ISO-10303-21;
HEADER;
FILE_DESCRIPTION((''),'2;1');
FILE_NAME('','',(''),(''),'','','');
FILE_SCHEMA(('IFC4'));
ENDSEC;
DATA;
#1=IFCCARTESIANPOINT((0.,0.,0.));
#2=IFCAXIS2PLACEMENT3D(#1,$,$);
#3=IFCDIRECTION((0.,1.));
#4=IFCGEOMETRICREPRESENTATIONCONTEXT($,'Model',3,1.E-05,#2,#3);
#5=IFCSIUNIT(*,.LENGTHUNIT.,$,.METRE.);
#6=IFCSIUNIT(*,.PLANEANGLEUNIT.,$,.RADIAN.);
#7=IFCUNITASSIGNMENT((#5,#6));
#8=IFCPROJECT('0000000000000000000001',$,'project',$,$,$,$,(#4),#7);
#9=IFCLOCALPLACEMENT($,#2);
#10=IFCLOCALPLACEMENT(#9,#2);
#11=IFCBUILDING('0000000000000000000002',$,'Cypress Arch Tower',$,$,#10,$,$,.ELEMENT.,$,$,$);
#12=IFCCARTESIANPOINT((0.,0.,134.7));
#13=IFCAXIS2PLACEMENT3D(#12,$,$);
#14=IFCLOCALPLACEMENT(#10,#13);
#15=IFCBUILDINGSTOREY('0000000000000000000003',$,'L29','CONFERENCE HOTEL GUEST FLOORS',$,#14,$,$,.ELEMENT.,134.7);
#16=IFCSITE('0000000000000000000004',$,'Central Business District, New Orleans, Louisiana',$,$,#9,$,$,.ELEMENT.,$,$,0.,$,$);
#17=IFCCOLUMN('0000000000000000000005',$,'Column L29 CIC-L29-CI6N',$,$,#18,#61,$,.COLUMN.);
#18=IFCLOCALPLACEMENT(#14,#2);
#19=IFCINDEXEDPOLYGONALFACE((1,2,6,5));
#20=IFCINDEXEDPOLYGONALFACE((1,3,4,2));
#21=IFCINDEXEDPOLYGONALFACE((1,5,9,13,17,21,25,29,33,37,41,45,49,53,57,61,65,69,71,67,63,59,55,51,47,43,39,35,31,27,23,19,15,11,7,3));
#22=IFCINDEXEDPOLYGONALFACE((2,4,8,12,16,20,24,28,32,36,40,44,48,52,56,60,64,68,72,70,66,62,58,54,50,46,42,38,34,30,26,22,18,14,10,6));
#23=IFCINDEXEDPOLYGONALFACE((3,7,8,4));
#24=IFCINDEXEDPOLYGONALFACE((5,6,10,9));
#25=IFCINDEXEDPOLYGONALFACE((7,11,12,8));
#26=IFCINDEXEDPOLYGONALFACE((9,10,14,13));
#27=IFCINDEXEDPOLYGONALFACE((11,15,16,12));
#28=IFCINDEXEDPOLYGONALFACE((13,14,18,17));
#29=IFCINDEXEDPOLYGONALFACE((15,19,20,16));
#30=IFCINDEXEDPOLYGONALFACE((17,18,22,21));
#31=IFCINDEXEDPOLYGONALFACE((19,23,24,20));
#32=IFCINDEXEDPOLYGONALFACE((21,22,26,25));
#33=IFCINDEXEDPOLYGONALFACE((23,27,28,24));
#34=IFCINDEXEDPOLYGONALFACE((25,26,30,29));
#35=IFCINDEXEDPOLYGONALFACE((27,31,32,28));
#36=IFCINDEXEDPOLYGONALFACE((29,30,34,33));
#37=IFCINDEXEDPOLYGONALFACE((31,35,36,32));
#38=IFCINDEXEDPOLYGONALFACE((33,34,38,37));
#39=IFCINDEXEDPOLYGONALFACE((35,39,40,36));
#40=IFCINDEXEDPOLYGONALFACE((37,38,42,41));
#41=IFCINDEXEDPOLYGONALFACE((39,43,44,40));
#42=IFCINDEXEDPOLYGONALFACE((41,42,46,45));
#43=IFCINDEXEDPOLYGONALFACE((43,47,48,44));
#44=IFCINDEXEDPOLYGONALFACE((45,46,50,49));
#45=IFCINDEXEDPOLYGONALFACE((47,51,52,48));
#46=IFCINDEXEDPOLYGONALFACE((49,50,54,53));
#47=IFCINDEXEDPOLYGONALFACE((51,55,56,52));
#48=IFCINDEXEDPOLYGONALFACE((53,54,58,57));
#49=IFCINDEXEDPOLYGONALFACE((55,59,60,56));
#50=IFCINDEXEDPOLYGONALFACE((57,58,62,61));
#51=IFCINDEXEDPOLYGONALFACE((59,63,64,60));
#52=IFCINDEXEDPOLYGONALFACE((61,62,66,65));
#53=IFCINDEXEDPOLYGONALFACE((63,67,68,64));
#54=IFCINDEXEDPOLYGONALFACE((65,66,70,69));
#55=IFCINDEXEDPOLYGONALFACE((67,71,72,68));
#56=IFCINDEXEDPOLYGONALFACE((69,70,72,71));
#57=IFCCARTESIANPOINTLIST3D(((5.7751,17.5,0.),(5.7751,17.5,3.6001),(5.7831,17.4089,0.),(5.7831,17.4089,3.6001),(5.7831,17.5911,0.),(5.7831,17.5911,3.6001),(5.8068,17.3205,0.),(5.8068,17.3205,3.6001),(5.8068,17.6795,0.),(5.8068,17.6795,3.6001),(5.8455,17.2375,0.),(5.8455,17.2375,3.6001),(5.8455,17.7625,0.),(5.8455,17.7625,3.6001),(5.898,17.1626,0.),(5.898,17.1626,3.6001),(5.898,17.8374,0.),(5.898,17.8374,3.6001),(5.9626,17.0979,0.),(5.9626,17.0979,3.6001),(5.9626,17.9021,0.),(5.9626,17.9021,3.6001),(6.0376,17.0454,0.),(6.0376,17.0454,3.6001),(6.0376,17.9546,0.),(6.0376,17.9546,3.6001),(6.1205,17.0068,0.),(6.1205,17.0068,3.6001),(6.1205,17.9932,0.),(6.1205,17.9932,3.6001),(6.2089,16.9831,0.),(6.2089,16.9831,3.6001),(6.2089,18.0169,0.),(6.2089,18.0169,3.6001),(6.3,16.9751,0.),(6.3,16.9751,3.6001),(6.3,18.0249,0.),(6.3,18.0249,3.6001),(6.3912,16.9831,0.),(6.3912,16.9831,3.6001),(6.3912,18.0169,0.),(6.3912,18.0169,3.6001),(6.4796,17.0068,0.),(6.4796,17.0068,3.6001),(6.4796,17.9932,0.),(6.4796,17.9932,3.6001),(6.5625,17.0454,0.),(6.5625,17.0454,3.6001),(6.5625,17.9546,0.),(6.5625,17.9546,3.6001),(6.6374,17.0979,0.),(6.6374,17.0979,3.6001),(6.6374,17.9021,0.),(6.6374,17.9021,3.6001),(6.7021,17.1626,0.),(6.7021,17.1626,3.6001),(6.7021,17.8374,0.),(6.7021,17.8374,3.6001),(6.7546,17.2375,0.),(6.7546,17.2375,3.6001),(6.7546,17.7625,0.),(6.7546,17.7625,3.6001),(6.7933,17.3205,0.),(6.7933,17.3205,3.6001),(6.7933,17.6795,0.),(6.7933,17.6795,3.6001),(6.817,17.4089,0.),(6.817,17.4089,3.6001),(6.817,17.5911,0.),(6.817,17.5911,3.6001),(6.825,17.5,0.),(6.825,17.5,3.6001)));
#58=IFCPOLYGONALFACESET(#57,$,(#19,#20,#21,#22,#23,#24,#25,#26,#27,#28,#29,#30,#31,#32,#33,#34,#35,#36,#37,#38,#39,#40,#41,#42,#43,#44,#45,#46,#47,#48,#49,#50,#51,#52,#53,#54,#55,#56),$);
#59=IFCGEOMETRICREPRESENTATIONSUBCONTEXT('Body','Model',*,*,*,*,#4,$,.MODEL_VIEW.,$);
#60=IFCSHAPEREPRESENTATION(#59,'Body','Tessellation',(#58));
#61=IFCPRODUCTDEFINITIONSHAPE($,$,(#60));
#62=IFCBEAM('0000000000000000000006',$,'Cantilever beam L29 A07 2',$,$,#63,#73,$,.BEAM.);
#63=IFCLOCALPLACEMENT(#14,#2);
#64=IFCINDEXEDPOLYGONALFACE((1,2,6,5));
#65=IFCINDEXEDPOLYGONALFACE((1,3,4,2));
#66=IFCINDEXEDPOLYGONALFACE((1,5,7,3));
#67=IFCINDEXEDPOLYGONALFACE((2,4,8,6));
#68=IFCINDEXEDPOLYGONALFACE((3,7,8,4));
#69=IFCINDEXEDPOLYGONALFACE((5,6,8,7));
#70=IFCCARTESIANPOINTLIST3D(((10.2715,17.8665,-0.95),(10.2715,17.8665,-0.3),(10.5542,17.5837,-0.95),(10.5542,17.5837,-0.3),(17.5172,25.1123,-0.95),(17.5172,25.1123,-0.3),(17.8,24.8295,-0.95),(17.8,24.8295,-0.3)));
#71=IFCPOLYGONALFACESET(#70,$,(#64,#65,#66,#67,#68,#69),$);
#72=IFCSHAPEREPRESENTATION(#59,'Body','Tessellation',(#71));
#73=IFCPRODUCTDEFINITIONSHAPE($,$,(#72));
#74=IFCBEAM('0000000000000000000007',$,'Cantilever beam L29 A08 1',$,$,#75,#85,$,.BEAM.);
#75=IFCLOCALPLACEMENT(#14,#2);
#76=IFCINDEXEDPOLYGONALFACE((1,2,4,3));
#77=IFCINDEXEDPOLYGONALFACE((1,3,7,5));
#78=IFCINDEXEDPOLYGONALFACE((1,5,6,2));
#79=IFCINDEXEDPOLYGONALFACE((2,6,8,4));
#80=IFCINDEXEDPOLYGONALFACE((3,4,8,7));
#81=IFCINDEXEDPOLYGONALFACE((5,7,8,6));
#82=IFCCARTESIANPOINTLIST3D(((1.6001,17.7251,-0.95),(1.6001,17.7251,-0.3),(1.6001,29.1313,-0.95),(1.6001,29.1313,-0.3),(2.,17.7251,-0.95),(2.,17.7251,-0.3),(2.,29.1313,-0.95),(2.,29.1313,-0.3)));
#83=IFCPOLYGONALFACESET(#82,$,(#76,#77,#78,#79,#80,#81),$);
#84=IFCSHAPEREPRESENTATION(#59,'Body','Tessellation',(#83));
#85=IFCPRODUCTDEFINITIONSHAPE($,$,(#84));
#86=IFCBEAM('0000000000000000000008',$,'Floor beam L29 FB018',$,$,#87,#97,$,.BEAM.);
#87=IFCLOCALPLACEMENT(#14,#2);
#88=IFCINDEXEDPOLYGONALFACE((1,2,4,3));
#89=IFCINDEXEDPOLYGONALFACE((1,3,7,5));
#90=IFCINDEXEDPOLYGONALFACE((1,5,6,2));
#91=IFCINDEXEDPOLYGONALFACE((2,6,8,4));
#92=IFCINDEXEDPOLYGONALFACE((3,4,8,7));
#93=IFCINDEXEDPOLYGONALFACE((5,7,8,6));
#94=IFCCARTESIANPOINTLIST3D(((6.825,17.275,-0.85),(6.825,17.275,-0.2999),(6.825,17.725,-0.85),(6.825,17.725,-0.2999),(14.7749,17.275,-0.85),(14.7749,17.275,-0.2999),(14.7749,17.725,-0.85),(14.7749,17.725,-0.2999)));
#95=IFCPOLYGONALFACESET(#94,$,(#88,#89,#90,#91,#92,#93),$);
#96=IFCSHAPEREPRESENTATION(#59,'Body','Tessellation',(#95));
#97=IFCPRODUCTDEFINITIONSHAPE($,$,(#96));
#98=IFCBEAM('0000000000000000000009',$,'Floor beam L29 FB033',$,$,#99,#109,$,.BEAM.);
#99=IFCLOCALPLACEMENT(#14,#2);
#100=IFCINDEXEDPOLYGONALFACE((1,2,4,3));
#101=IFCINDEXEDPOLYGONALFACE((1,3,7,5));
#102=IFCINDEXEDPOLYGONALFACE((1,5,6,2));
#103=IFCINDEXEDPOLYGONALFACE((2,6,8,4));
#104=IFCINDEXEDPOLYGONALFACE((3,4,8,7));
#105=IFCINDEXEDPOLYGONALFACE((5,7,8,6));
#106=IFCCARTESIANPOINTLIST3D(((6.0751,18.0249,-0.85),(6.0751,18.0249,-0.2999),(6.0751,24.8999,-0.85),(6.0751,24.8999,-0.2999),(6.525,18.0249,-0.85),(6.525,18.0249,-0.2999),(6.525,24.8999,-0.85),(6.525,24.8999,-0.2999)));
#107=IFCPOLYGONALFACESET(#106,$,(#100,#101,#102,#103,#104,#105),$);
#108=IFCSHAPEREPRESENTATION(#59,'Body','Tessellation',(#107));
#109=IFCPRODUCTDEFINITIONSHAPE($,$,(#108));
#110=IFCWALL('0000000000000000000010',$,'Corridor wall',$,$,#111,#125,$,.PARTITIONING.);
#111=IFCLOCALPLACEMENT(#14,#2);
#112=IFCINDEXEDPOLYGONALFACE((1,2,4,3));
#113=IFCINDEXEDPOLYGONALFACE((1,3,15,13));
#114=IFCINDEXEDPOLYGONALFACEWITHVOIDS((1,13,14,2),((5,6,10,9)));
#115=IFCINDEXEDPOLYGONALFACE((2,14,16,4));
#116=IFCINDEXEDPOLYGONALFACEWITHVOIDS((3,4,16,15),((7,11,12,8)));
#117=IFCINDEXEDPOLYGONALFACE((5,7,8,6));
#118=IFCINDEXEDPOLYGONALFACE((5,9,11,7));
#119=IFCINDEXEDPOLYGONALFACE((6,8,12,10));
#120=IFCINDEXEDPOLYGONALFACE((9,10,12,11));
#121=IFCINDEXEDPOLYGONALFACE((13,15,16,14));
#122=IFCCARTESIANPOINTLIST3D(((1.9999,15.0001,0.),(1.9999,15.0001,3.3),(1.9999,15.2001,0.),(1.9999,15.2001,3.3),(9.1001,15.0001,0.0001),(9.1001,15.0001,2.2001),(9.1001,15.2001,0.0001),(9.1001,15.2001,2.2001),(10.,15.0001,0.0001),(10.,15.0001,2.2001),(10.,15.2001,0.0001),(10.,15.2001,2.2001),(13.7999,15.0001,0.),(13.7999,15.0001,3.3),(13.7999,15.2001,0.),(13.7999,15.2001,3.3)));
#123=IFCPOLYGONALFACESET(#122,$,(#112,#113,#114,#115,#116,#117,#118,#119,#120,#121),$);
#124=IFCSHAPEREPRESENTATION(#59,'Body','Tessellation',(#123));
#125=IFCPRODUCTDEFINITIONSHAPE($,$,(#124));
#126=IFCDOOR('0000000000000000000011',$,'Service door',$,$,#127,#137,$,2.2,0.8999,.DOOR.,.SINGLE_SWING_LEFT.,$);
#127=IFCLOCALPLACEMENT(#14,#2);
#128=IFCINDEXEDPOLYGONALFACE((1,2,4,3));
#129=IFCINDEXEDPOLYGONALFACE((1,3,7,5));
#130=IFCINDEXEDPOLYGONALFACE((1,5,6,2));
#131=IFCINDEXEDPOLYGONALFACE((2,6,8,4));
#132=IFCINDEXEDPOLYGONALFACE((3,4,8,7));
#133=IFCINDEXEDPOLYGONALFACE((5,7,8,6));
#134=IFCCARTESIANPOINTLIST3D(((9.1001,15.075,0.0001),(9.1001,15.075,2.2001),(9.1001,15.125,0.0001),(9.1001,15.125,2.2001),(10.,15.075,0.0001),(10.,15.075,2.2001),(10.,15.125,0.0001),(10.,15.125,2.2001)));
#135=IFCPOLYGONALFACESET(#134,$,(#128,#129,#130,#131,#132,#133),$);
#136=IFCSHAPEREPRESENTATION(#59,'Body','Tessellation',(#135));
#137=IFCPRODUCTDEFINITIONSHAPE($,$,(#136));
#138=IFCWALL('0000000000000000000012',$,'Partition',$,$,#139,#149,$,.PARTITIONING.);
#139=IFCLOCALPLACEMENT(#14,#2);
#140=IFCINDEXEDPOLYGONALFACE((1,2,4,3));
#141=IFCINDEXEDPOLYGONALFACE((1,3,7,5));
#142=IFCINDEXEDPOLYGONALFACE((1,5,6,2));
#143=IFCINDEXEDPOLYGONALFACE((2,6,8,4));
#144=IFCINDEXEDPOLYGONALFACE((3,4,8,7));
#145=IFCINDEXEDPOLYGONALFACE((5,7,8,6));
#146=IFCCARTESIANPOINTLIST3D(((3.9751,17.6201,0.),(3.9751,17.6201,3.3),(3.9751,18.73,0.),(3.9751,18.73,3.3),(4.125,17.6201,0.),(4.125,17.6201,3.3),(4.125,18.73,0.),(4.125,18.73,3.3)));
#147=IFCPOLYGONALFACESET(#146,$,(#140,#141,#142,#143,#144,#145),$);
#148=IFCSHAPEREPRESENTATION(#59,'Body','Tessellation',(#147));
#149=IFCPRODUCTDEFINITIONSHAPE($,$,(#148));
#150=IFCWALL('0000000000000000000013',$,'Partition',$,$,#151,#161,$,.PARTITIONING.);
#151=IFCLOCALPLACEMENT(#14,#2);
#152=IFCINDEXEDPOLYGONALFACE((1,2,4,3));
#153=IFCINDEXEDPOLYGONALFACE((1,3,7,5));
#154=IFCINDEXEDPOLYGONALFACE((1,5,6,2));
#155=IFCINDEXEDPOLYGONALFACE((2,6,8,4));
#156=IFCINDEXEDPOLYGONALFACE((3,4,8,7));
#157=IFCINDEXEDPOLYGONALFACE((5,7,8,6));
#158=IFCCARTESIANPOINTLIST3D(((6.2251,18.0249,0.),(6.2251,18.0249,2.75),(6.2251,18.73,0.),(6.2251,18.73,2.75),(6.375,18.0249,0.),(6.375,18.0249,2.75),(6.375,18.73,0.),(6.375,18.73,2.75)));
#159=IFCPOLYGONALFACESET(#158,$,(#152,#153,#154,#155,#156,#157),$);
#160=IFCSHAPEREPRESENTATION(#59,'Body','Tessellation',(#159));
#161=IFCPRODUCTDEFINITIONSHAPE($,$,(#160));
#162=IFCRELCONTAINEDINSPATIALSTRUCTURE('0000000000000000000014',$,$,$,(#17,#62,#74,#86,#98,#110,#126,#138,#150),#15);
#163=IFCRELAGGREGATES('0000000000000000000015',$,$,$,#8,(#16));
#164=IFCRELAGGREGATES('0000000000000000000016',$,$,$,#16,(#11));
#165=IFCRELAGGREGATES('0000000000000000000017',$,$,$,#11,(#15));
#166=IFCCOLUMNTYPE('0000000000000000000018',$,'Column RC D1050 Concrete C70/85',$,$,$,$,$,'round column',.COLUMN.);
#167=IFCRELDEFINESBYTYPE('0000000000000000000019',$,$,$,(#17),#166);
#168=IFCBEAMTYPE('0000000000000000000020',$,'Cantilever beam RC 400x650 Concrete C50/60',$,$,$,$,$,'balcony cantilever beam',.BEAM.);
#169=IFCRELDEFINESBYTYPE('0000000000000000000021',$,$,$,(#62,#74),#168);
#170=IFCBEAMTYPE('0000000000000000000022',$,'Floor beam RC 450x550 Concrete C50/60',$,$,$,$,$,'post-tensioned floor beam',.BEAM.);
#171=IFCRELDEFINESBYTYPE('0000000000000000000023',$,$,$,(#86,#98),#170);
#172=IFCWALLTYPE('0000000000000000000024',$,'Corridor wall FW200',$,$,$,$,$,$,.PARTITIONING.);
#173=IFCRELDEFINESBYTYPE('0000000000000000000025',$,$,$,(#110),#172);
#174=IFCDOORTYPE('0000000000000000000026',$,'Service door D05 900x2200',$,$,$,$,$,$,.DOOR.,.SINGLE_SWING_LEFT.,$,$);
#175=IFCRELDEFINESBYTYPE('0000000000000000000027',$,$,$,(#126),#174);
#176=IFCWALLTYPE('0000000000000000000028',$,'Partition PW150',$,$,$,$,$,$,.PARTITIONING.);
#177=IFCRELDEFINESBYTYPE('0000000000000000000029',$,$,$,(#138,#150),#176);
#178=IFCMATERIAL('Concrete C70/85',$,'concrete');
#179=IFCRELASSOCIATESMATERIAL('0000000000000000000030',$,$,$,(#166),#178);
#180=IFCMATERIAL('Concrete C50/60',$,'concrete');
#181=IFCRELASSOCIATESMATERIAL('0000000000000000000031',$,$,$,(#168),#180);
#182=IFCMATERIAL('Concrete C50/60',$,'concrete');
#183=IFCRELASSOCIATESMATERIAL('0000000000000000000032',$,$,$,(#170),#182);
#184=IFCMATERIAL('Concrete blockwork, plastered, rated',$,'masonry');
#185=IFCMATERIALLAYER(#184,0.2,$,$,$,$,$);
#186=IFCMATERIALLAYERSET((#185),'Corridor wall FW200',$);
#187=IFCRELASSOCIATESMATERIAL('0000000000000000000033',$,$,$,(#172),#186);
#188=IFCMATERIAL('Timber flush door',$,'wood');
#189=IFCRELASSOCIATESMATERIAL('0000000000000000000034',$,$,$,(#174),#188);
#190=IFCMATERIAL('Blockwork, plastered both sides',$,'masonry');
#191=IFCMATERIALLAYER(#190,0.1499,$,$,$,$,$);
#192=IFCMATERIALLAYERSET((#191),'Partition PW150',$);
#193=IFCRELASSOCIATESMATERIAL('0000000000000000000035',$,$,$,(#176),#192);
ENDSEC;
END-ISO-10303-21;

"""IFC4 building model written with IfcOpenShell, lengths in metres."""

from ifc_helpers import new_model, si_unit, direction, frame, frame_2d, origin, origin_2d, place, context, subcontext, project, spatial, rectangle, circle, extrude, material, layer, layer_set, material_profile, profile_set, type_object, element, fill, save


model = new_model("IFC4")

# Units and contexts
model_context = context("Model", 3, precision=1e-05, world=origin(), true_north=direction((0.0, 1.0)))
body_context = subcontext(model_context, "Body", "Model", "MODEL_VIEW")
ifc_project = project(units=[si_unit("LENGTHUNIT", "METRE"), si_unit("PLANEANGLEUNIT", "RADIAN")], contexts=[model_context])

# Site, building, storey
site_placement = place(None, origin())
site = spatial("IfcSite", under=ifc_project, at=site_placement, Name="Central Business District, New Orleans, Louisiana", CompositionType="ELEMENT", RefElevation=0.0)
building_placement = place(site_placement, origin())
building = spatial("IfcBuilding", under=site, at=building_placement, Name="Cypress Arch Tower", CompositionType="ELEMENT")
storey_placement = place(building_placement, frame((0.0, 0.0, 134.7)))
storey = spatial("IfcBuildingStorey", under=building, at=storey_placement, Name="L29", Description="CONFERENCE HOTEL GUEST FLOORS", CompositionType="ELEMENT", Elevation=134.7)

# Column
ifc_material_1 = material(Name="Concrete C70/85", Category="concrete")
ifc_material_profile_1 = material_profile(ifc_material_1, circle(Radius=0.5249, at=origin_2d()), Name="RC D1050")
ifc_profile_set_1 = profile_set([ifc_material_profile_1], Name="Concrete C70/85")
column_type = type_object("IfcColumnType", Name="Column RC D1050 Concrete C70/85", ElementType="round column", PredefinedType="COLUMN", material=ifc_profile_set_1)
column_placement = place(storey_placement, frame((6.3, 17.5, 0.0), z_axis=(0.0, 0.0, 1.0), x_axis=(1.0, 0.0, 0.0)))
element("IfcColumn", 1, at=column_placement, inside=storey, type_object=column_type, Name="Column L29 CIC-L29-CI6N", PredefinedType="COLUMN", context=body_context, shape_type="SweptSolid", body=[
    extrude(circle(Radius=0.5249, at=origin_2d()), origin(), (0.0, 0.0, 1.0), 3.6001),
])

# Beams
ifc_material_2 = material(Name="Concrete C50/60", Category="concrete")
ifc_material_profile_2 = material_profile(ifc_material_2, rectangle(XDim=0.3999, YDim=0.6499, at=origin_2d()), Name="RC 400x650")
ifc_profile_set_2 = profile_set([ifc_material_profile_2], Name="Concrete C50/60")
beam_type_1 = type_object("IfcBeamType", Name="Cantilever beam RC 400x650 Concrete C50/60", ElementType="balcony cantilever beam", PredefinedType="BEAM", material=ifc_profile_set_2)
beam_1_placement = place(storey_placement, frame((10.4128, 17.7251, -0.625), z_axis=(0.707107, 0.707107, 0.0), x_axis=(-0.707107, 0.707107, 0.0)))
element("IfcBeam", 2, at=beam_1_placement, inside=storey, type_object=beam_type_1, Name="Cantilever beam L29 A07 2", PredefinedType="BEAM", context=body_context, shape_type="SweptSolid", body=[
    extrude(rectangle(XDim=0.3999, YDim=0.6499, at=origin_2d()), origin(), (0.0, 0.0, 1.0), 10.2471),
])
beam_2_placement = place(storey_placement, frame((1.8, 17.7251, -0.625), z_axis=(0.0, 1.0, 0.0), x_axis=(-1.0, 0.0, 0.0)))
element("IfcBeam", 3, at=beam_2_placement, inside=storey, type_object=beam_type_1, Name="Cantilever beam L29 A08 1", PredefinedType="BEAM", context=body_context, shape_type="SweptSolid", body=[
    extrude(rectangle(XDim=0.3999, YDim=0.6499, at=origin_2d()), origin(), (0.0, 0.0, 1.0), 11.4062),
])
ifc_material_3 = material(Name="Concrete C50/60", Category="concrete")
ifc_material_profile_3 = material_profile(ifc_material_3, rectangle(XDim=0.45, YDim=0.55, at=origin_2d()), Name="RC 450x550")
ifc_profile_set_3 = profile_set([ifc_material_profile_3], Name="Concrete C50/60")
beam_type_2 = type_object("IfcBeamType", Name="Floor beam RC 450x550 Concrete C50/60", ElementType="post-tensioned floor beam", PredefinedType="BEAM", material=ifc_profile_set_3)
beam_3_placement = place(storey_placement, frame((6.825, 17.5, -0.575), z_axis=(1.0, 0.0, 0.0), x_axis=(0.0, 1.0, 0.0)))
element("IfcBeam", 4, at=beam_3_placement, inside=storey, type_object=beam_type_2, Name="Floor beam L29 FB018", PredefinedType="BEAM", context=body_context, shape_type="SweptSolid", body=[
    extrude(rectangle(XDim=0.45, YDim=0.55, at=origin_2d()), origin(), (0.0, 0.0, 1.0), 7.95),
])
beam_4_placement = place(storey_placement, frame((6.3, 18.0249, -0.575), z_axis=(0.0, 1.0, 0.0), x_axis=(-1.0, 0.0, 0.0)))
element("IfcBeam", 5, at=beam_4_placement, inside=storey, type_object=beam_type_2, Name="Floor beam L29 FB033", PredefinedType="BEAM", context=body_context, shape_type="SweptSolid", body=[
    extrude(rectangle(XDim=0.45, YDim=0.55, at=origin_2d()), origin(), (0.0, 0.0, 1.0), 6.875),
])

# Wall, opening, door
ifc_material_4 = material(Name="Concrete blockwork, plastered, rated", Category="masonry")
ifc_layer_1 = layer(ifc_material_4, 0.2)
ifc_layer_set_1 = layer_set([ifc_layer_1], Name="Corridor wall FW200")
wall_type_1 = type_object("IfcWallType", Name="Corridor wall FW200", PredefinedType="PARTITIONING", material=ifc_layer_set_1)
wall_1_placement = place(storey_placement, frame((2.0, 15.1001, 0.0), z_axis=(0.0, 0.0, 1.0), x_axis=(1.0, 0.0, 0.0)))
wall_1 = element("IfcWall", 6, at=wall_1_placement, inside=storey, type_object=wall_type_1, Name="Corridor wall", PredefinedType="PARTITIONING", context=body_context, shape_type="SweptSolid", body=[
    extrude(rectangle(XDim=11.8, YDim=0.2, at=frame_2d((5.8999, 0.0))), origin(), (0.0, 0.0, 1.0), 3.3),
])
opening_1_placement = place(wall_1_placement, frame((7.1001, 0.0, 0.0)))
opening_1 = element("IfcOpeningElement", 7, at=opening_1_placement, cuts=wall_1, PredefinedType="OPENING", context=body_context, shape_type="SweptSolid", body=[
    extrude(rectangle(XDim=0.8999, YDim=2.2, at=frame_2d((0.45, 1.1001))), frame((0.0, 0.1099, 0.0), z_axis=(0.0, -1.0, 0.0), x_axis=(1.0, 0.0, 0.0)), (0.0, 0.0, 1.0), 0.22),
])
ifc_material_5 = material(Name="Timber flush door", Category="wood")
door_type_1 = type_object("IfcDoorType", Name="Service door D05 900x2200", OperationType="SINGLE_SWING_LEFT", PredefinedType="DOOR", material=ifc_material_5)
door_1_placement = place(opening_1_placement, origin())
door_1 = element("IfcDoor", 8, at=door_1_placement, inside=storey, type_object=door_type_1, Name="Service door", OperationType="SINGLE_SWING_LEFT", OverallHeight=2.2, OverallWidth=0.8999, PredefinedType="DOOR", context=body_context, shape_type="SweptSolid", body=[
    extrude(rectangle(XDim=0.8999, YDim=2.2, at=frame_2d((0.45, 1.1001))), frame((0.0, 0.0249, 0.0), z_axis=(0.0, -1.0, 0.0), x_axis=(1.0, 0.0, 0.0)), (0.0, 0.0, 1.0), 0.05),
])
fill(opening_1, door_1)

# Walls
ifc_material_6 = material(Name="Blockwork, plastered both sides", Category="masonry")
ifc_layer_2 = layer(ifc_material_6, 0.1499)
ifc_layer_set_2 = layer_set([ifc_layer_2], Name="Partition PW150")
wall_type_2 = type_object("IfcWallType", Name="Partition PW150", PredefinedType="PARTITIONING", material=ifc_layer_set_2)
wall_2_placement = place(storey_placement, frame((4.05, 17.6201, 0.0), z_axis=(0.0, 0.0, 1.0), x_axis=(0.0, 1.0, 0.0)))
element("IfcWall", 9, at=wall_2_placement, inside=storey, type_object=wall_type_2, Name="Partition", PredefinedType="PARTITIONING", context=body_context, shape_type="SweptSolid", body=[
    extrude(rectangle(XDim=1.1099, YDim=0.1499, at=frame_2d((0.5549, 0.0))), origin(), (0.0, 0.0, 1.0), 3.3),
])
wall_3_placement = place(storey_placement, frame((6.3, 18.0249, 0.0), z_axis=(0.0, 0.0, 1.0), x_axis=(0.0, 1.0, 0.0)))
element("IfcWall", 10, at=wall_3_placement, inside=storey, type_object=wall_type_2, Name="Partition", PredefinedType="PARTITIONING", context=body_context, shape_type="SweptSolid", body=[
    extrude(rectangle(XDim=0.7051, YDim=0.1499, at=frame_2d((0.3525, 0.0))), origin(), (0.0, 0.0, 1.0), 2.75),
])

save(model, "model.ifc")
